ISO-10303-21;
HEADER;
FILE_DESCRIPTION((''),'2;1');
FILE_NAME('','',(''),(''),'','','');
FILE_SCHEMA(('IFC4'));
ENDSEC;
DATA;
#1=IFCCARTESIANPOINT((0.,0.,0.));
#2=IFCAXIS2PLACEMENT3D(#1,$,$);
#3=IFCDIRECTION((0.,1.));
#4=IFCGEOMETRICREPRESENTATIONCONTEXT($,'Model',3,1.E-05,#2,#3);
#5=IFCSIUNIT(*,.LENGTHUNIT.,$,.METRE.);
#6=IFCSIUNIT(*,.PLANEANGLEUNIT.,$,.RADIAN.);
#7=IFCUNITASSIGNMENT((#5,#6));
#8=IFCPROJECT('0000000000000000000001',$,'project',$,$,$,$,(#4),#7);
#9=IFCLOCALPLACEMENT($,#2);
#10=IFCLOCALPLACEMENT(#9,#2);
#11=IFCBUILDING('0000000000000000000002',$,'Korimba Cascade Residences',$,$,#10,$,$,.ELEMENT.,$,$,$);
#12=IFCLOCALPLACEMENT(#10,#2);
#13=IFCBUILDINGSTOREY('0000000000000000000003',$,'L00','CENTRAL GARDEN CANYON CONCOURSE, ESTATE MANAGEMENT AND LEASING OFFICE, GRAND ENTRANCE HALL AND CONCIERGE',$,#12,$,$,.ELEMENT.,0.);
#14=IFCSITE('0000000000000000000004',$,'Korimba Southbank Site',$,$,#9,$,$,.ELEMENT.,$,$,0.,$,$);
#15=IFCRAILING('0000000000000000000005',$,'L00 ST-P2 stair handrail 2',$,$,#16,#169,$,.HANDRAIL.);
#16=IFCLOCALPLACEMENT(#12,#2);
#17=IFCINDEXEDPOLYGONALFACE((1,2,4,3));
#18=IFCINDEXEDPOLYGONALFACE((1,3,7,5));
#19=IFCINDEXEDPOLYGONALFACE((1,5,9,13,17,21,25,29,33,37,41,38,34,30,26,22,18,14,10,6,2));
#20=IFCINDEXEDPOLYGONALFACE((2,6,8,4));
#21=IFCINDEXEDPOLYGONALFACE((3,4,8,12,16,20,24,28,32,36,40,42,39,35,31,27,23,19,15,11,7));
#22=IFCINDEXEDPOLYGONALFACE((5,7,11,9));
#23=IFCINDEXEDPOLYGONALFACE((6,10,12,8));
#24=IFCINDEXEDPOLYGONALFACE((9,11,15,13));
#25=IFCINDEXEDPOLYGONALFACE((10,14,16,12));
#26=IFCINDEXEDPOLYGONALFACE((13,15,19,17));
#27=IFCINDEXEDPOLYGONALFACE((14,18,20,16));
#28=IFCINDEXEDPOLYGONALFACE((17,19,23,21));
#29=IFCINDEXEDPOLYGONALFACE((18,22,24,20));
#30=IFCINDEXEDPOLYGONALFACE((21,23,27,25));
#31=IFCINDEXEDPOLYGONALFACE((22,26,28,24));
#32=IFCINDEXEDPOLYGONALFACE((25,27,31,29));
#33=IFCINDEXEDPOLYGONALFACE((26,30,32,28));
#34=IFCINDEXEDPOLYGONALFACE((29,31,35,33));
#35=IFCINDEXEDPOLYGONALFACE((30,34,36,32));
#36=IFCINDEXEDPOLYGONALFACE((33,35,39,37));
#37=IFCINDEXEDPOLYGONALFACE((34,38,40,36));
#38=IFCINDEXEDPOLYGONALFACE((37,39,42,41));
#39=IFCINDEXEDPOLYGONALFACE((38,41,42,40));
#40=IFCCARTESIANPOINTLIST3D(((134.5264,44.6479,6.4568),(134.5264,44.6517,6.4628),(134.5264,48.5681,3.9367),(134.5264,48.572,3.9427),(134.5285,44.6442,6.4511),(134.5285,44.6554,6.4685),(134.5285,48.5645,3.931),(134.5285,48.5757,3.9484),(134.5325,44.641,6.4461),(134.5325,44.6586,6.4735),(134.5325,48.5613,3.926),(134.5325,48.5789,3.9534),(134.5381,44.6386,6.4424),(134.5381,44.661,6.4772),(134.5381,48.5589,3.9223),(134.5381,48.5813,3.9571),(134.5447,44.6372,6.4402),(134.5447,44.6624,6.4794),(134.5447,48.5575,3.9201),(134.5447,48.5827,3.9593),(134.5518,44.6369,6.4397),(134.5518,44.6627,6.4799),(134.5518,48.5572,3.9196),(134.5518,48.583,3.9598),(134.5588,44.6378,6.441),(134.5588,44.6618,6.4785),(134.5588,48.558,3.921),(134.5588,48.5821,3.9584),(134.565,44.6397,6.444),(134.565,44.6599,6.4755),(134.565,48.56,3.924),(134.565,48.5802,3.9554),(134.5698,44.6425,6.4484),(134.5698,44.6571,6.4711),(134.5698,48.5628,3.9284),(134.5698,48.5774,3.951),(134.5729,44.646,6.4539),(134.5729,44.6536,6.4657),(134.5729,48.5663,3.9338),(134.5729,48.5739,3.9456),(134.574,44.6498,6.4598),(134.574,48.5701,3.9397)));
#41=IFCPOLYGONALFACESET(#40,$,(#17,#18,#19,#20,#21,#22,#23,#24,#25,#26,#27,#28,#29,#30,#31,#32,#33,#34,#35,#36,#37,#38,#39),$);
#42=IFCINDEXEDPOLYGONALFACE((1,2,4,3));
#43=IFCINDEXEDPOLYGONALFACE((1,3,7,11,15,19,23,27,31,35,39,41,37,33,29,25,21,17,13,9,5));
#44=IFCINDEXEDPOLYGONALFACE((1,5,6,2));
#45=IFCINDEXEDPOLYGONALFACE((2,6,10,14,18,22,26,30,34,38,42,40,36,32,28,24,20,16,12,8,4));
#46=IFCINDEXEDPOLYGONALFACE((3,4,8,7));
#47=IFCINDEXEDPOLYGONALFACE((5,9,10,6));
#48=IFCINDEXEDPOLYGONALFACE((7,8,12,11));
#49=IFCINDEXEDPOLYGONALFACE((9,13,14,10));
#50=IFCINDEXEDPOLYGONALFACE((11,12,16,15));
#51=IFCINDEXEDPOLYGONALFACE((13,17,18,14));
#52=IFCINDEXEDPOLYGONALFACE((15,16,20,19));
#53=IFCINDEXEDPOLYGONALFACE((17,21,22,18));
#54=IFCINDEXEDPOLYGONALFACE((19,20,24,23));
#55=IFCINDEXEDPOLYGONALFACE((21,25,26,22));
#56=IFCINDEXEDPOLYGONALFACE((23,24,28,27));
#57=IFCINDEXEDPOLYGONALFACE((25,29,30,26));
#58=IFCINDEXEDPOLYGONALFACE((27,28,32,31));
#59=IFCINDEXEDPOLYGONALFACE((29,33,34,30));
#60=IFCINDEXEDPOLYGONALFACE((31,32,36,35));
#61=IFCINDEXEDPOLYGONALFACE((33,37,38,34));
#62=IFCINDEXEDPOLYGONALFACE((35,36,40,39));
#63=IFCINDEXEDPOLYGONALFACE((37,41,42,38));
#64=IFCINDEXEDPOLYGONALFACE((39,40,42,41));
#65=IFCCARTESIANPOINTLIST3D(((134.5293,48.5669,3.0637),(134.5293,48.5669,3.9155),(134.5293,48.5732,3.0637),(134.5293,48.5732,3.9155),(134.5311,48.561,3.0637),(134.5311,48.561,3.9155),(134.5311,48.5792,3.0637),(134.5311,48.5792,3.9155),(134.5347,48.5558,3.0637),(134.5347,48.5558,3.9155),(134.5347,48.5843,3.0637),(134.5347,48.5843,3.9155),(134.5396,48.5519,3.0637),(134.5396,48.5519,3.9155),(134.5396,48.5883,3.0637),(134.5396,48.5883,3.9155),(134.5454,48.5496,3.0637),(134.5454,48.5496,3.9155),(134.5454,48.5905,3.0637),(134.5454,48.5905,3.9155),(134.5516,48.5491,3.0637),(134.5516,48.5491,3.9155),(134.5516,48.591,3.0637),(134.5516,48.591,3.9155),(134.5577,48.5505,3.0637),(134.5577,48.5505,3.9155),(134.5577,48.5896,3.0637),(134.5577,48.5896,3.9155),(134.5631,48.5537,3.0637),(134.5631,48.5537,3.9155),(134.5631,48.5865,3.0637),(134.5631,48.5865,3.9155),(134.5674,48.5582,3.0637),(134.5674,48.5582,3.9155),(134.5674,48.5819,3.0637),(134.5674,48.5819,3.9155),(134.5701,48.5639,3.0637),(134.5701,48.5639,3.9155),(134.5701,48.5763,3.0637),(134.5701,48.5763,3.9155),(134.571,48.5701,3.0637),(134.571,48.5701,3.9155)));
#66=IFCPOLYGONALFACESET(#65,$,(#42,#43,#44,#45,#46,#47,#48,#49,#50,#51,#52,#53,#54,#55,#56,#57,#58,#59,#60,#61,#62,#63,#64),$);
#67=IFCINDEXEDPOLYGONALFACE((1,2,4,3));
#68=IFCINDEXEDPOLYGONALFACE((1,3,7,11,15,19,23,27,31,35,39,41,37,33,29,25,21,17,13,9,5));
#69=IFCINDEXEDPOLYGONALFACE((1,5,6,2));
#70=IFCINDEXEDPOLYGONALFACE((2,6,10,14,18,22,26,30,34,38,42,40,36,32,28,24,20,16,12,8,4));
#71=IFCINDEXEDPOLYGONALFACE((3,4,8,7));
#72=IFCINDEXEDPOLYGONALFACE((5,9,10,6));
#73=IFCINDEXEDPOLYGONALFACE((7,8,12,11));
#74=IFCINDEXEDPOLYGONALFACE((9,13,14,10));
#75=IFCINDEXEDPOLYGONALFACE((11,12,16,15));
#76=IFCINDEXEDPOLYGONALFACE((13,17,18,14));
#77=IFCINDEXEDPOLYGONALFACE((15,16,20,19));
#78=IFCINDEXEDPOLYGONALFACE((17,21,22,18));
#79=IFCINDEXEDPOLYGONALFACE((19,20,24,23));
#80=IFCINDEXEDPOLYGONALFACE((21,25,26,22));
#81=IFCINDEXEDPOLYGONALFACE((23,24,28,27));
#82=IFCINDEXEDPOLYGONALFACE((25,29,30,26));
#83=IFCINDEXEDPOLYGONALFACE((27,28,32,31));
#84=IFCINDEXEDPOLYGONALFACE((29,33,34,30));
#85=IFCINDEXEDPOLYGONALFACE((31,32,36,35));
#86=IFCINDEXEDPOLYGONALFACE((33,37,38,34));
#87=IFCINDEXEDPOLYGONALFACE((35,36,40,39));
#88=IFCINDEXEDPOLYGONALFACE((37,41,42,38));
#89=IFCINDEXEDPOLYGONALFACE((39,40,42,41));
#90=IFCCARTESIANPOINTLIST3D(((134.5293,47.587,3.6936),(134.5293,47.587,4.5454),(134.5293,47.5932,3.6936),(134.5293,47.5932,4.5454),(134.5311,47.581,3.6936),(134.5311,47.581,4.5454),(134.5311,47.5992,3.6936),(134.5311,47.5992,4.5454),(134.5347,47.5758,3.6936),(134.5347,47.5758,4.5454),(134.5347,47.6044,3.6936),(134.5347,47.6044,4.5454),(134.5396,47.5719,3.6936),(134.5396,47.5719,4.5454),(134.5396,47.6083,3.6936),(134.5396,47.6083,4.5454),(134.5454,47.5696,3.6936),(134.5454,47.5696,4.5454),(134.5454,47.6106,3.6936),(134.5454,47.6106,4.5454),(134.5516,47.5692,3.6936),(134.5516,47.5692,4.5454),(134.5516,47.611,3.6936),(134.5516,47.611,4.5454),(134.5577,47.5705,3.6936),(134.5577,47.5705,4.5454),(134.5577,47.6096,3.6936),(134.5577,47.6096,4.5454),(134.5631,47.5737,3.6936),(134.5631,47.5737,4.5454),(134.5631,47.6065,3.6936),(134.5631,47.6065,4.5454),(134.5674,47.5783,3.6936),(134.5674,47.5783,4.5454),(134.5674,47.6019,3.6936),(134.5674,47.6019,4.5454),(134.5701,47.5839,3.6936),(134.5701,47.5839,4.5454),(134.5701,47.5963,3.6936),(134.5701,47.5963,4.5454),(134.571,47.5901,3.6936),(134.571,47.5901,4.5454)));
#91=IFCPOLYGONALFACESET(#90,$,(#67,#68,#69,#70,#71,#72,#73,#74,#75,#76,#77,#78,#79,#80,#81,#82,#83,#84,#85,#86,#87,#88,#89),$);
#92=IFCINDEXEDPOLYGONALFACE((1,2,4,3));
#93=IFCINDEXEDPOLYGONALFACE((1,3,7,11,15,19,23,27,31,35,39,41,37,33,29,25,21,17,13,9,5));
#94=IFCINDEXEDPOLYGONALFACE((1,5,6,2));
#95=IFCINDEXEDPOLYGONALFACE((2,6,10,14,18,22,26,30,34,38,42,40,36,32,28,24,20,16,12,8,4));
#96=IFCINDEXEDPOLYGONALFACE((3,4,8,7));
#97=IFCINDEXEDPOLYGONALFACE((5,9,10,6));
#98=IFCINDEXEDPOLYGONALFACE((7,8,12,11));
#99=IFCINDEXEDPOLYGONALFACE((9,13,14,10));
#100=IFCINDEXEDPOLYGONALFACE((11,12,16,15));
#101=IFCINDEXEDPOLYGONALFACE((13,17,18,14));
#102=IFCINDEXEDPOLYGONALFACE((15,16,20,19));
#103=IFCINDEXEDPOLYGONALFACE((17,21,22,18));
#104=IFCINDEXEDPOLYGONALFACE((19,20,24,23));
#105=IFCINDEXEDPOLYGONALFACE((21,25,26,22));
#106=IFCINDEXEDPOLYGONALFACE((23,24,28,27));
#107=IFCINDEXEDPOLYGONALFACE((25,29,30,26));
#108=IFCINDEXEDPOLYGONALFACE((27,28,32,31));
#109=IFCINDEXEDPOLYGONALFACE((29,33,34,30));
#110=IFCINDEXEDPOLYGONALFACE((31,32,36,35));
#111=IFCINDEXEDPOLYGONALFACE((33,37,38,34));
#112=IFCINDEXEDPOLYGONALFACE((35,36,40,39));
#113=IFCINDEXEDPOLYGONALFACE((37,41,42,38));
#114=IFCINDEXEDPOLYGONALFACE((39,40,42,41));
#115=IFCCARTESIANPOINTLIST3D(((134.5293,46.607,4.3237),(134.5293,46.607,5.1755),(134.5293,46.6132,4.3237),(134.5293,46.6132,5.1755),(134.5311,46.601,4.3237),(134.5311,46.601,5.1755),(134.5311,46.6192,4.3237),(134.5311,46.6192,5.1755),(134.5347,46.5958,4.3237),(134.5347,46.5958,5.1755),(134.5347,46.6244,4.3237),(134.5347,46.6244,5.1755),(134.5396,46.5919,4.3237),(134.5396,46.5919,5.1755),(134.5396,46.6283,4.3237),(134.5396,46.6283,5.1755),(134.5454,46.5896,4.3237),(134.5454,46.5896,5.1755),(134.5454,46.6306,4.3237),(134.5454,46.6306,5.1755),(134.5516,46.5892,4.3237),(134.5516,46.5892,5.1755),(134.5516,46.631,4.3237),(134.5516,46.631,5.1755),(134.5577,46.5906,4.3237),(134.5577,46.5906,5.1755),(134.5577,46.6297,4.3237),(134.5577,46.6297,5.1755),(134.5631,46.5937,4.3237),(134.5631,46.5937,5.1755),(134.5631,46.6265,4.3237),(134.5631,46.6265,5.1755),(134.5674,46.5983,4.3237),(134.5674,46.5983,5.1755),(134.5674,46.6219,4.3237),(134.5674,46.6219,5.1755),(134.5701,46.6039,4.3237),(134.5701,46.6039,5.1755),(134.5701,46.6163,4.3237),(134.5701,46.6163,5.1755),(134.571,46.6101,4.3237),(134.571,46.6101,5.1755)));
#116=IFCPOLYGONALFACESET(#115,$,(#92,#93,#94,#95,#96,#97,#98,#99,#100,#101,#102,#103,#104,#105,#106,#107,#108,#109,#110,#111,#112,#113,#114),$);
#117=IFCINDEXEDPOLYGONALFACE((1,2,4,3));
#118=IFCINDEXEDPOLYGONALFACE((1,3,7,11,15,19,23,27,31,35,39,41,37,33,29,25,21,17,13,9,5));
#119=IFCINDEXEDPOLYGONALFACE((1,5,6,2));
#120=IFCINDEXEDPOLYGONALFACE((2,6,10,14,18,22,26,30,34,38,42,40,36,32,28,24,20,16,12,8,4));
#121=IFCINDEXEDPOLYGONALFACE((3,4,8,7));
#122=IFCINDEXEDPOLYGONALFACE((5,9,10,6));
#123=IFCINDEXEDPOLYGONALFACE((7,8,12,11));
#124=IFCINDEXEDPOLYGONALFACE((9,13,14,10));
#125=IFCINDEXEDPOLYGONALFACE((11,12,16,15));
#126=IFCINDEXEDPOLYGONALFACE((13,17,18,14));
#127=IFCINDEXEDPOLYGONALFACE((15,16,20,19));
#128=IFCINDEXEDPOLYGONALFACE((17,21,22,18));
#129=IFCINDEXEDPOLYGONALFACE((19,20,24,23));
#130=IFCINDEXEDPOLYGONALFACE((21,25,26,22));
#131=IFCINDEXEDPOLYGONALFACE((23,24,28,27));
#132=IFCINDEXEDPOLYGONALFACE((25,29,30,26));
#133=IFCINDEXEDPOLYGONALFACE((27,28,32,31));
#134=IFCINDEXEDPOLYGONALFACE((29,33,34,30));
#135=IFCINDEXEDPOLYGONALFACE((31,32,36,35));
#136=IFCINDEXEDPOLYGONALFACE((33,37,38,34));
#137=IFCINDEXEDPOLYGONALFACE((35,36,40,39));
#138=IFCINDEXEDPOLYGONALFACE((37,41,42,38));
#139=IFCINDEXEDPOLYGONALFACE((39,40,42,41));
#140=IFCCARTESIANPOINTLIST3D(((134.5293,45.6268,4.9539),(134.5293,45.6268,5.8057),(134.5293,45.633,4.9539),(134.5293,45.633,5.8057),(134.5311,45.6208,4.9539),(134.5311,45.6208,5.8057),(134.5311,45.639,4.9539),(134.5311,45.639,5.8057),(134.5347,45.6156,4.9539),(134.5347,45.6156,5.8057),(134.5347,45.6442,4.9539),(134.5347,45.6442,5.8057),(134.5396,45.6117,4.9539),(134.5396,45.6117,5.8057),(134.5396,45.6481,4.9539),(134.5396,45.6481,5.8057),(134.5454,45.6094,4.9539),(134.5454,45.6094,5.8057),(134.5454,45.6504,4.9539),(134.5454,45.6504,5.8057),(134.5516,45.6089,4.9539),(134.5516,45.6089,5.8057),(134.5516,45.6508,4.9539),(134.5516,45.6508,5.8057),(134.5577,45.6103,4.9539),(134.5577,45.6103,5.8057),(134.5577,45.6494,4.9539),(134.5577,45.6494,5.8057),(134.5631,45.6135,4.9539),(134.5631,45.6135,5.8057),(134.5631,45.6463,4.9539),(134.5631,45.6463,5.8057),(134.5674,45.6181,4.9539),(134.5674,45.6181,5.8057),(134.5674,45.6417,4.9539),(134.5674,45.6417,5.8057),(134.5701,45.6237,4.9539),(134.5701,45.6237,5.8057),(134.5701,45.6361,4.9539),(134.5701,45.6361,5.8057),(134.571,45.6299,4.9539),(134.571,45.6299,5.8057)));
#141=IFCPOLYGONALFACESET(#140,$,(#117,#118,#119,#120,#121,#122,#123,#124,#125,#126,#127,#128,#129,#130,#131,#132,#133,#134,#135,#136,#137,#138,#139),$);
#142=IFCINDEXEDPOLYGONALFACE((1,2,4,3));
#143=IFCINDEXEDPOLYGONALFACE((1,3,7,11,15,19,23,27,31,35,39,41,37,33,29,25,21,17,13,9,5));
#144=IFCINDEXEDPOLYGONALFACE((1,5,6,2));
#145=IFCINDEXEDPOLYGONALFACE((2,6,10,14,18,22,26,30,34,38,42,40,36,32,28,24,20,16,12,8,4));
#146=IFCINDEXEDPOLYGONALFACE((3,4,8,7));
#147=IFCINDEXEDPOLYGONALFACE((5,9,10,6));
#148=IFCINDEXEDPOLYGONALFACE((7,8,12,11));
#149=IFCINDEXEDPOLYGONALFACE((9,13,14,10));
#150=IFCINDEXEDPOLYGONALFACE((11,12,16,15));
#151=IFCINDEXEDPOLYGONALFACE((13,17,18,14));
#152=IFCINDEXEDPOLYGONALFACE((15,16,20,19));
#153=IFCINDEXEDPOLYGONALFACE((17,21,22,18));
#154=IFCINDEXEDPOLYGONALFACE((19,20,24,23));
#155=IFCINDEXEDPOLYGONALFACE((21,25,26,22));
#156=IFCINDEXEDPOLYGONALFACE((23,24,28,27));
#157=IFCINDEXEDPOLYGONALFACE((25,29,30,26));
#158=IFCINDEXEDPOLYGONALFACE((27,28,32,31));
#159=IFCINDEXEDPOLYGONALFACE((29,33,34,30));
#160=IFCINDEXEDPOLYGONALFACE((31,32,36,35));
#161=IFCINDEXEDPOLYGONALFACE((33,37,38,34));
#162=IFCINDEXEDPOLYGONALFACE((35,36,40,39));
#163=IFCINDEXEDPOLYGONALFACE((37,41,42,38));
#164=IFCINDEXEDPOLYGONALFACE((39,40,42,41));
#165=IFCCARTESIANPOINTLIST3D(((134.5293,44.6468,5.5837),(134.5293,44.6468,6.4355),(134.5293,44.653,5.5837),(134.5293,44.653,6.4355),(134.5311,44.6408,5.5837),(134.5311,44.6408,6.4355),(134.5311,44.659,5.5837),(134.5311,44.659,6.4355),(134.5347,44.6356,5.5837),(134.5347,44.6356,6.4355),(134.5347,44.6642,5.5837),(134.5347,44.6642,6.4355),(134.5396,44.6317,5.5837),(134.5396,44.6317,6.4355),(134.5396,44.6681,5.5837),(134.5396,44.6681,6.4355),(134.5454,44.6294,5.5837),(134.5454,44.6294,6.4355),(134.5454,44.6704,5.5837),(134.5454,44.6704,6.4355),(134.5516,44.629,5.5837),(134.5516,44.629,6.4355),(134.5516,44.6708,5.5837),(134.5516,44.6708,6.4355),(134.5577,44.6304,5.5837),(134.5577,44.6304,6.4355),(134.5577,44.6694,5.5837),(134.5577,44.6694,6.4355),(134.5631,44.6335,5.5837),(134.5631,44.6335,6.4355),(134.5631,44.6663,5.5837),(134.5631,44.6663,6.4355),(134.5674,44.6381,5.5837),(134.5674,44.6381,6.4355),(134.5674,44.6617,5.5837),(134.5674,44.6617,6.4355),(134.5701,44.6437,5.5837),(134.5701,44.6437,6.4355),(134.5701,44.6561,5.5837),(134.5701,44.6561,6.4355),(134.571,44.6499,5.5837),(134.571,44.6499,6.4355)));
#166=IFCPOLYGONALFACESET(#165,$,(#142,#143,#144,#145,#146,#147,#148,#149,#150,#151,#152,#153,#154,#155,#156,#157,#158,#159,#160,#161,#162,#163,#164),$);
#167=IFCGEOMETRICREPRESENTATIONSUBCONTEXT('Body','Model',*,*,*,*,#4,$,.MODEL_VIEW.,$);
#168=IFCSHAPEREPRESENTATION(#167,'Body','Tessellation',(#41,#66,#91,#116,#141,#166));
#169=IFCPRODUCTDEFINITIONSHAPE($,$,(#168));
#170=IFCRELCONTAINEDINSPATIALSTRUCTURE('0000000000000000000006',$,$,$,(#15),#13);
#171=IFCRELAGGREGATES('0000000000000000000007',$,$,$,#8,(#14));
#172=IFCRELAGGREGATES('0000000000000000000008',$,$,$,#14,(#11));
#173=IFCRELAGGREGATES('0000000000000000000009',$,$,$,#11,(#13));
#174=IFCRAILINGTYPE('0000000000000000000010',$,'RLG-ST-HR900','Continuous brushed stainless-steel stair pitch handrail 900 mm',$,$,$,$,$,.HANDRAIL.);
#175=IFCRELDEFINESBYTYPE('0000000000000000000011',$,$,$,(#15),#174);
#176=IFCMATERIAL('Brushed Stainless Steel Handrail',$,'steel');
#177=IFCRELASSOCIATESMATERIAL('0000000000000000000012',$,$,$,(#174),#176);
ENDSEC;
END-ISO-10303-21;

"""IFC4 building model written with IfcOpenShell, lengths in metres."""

from ifc_helpers import new_model, si_unit, direction, frame, origin, origin_2d, place, context, subcontext, project, spatial, circle, extrude, material, type_object, element, save


model = new_model("IFC4")

# Units and contexts
model_context = context("Model", 3, precision=1e-05, world=origin(), true_north=direction((0.0, 1.0)))
body_context = subcontext(model_context, "Body", "Model", "MODEL_VIEW")
ifc_project = project(units=[si_unit("LENGTHUNIT", "METRE"), si_unit("PLANEANGLEUNIT", "RADIAN")], contexts=[model_context])

# Site, building, storey
site_placement = place(None, origin())
site = spatial("IfcSite", under=ifc_project, at=site_placement, Name="Korimba Southbank Site", CompositionType="ELEMENT", RefElevation=0.0)
building_placement = place(site_placement, origin())
building = spatial("IfcBuilding", under=site, at=building_placement, Name="Korimba Cascade Residences", CompositionType="ELEMENT")
storey_placement = place(building_placement, origin())
storey = spatial("IfcBuildingStorey", under=building, at=storey_placement, Name="L00", Description="CENTRAL GARDEN CANYON CONCOURSE, ESTATE MANAGEMENT AND LEASING OFFICE, GRAND ENTRANCE HALL AND CONCIERGE", CompositionType="ELEMENT", Elevation=0.0)

# Railing
ifc_material_1 = material(Name="Brushed Stainless Steel Handrail", Category="steel")
railing_type_1 = type_object("IfcRailingType", Name="RLG-ST-HR900", Description="Continuous brushed stainless-steel stair pitch handrail 900 mm", PredefinedType="HANDRAIL", material=ifc_material_1)
railing_1_placement = place(storey_placement, frame((134.55, 48.5701, 3.0637)))
element("IfcRailing", 1, at=railing_1_placement, inside=storey, type_object=railing_type_1, Name="L00 ST-P2 stair handrail 2", PredefinedType="HANDRAIL", context=body_context, shape_type="SweptSolid", body=[
    extrude(circle(Radius=0.0239, at=origin_2d()), frame((0.0, 0.0, 0.876), z_axis=(0.0, -0.841187, 0.540744), x_axis=(1.0, 0.0, 0.0)), (0.0, 0.0, 1.0), 4.6604),
    extrude(circle(Radius=0.021, at=origin_2d()), origin(), (0.0, 0.0, 1.0), 0.8518),
    extrude(circle(Radius=0.021, at=origin_2d()), frame((0.0, -0.98, 0.6299)), (0.0, 0.0, 1.0), 0.8518),
    extrude(circle(Radius=0.021, at=origin_2d()), frame((0.0, -1.96, 1.26)), (0.0, 0.0, 1.0), 0.8518),
    extrude(circle(Radius=0.021, at=origin_2d()), frame((0.0, -2.9402, 1.8901)), (0.0, 0.0, 1.0), 0.8518),
    extrude(circle(Radius=0.021, at=origin_2d()), frame((0.0, -3.9202, 2.52)), (0.0, 0.0, 1.0), 0.8518),
])

save(model, "model.ifc")
